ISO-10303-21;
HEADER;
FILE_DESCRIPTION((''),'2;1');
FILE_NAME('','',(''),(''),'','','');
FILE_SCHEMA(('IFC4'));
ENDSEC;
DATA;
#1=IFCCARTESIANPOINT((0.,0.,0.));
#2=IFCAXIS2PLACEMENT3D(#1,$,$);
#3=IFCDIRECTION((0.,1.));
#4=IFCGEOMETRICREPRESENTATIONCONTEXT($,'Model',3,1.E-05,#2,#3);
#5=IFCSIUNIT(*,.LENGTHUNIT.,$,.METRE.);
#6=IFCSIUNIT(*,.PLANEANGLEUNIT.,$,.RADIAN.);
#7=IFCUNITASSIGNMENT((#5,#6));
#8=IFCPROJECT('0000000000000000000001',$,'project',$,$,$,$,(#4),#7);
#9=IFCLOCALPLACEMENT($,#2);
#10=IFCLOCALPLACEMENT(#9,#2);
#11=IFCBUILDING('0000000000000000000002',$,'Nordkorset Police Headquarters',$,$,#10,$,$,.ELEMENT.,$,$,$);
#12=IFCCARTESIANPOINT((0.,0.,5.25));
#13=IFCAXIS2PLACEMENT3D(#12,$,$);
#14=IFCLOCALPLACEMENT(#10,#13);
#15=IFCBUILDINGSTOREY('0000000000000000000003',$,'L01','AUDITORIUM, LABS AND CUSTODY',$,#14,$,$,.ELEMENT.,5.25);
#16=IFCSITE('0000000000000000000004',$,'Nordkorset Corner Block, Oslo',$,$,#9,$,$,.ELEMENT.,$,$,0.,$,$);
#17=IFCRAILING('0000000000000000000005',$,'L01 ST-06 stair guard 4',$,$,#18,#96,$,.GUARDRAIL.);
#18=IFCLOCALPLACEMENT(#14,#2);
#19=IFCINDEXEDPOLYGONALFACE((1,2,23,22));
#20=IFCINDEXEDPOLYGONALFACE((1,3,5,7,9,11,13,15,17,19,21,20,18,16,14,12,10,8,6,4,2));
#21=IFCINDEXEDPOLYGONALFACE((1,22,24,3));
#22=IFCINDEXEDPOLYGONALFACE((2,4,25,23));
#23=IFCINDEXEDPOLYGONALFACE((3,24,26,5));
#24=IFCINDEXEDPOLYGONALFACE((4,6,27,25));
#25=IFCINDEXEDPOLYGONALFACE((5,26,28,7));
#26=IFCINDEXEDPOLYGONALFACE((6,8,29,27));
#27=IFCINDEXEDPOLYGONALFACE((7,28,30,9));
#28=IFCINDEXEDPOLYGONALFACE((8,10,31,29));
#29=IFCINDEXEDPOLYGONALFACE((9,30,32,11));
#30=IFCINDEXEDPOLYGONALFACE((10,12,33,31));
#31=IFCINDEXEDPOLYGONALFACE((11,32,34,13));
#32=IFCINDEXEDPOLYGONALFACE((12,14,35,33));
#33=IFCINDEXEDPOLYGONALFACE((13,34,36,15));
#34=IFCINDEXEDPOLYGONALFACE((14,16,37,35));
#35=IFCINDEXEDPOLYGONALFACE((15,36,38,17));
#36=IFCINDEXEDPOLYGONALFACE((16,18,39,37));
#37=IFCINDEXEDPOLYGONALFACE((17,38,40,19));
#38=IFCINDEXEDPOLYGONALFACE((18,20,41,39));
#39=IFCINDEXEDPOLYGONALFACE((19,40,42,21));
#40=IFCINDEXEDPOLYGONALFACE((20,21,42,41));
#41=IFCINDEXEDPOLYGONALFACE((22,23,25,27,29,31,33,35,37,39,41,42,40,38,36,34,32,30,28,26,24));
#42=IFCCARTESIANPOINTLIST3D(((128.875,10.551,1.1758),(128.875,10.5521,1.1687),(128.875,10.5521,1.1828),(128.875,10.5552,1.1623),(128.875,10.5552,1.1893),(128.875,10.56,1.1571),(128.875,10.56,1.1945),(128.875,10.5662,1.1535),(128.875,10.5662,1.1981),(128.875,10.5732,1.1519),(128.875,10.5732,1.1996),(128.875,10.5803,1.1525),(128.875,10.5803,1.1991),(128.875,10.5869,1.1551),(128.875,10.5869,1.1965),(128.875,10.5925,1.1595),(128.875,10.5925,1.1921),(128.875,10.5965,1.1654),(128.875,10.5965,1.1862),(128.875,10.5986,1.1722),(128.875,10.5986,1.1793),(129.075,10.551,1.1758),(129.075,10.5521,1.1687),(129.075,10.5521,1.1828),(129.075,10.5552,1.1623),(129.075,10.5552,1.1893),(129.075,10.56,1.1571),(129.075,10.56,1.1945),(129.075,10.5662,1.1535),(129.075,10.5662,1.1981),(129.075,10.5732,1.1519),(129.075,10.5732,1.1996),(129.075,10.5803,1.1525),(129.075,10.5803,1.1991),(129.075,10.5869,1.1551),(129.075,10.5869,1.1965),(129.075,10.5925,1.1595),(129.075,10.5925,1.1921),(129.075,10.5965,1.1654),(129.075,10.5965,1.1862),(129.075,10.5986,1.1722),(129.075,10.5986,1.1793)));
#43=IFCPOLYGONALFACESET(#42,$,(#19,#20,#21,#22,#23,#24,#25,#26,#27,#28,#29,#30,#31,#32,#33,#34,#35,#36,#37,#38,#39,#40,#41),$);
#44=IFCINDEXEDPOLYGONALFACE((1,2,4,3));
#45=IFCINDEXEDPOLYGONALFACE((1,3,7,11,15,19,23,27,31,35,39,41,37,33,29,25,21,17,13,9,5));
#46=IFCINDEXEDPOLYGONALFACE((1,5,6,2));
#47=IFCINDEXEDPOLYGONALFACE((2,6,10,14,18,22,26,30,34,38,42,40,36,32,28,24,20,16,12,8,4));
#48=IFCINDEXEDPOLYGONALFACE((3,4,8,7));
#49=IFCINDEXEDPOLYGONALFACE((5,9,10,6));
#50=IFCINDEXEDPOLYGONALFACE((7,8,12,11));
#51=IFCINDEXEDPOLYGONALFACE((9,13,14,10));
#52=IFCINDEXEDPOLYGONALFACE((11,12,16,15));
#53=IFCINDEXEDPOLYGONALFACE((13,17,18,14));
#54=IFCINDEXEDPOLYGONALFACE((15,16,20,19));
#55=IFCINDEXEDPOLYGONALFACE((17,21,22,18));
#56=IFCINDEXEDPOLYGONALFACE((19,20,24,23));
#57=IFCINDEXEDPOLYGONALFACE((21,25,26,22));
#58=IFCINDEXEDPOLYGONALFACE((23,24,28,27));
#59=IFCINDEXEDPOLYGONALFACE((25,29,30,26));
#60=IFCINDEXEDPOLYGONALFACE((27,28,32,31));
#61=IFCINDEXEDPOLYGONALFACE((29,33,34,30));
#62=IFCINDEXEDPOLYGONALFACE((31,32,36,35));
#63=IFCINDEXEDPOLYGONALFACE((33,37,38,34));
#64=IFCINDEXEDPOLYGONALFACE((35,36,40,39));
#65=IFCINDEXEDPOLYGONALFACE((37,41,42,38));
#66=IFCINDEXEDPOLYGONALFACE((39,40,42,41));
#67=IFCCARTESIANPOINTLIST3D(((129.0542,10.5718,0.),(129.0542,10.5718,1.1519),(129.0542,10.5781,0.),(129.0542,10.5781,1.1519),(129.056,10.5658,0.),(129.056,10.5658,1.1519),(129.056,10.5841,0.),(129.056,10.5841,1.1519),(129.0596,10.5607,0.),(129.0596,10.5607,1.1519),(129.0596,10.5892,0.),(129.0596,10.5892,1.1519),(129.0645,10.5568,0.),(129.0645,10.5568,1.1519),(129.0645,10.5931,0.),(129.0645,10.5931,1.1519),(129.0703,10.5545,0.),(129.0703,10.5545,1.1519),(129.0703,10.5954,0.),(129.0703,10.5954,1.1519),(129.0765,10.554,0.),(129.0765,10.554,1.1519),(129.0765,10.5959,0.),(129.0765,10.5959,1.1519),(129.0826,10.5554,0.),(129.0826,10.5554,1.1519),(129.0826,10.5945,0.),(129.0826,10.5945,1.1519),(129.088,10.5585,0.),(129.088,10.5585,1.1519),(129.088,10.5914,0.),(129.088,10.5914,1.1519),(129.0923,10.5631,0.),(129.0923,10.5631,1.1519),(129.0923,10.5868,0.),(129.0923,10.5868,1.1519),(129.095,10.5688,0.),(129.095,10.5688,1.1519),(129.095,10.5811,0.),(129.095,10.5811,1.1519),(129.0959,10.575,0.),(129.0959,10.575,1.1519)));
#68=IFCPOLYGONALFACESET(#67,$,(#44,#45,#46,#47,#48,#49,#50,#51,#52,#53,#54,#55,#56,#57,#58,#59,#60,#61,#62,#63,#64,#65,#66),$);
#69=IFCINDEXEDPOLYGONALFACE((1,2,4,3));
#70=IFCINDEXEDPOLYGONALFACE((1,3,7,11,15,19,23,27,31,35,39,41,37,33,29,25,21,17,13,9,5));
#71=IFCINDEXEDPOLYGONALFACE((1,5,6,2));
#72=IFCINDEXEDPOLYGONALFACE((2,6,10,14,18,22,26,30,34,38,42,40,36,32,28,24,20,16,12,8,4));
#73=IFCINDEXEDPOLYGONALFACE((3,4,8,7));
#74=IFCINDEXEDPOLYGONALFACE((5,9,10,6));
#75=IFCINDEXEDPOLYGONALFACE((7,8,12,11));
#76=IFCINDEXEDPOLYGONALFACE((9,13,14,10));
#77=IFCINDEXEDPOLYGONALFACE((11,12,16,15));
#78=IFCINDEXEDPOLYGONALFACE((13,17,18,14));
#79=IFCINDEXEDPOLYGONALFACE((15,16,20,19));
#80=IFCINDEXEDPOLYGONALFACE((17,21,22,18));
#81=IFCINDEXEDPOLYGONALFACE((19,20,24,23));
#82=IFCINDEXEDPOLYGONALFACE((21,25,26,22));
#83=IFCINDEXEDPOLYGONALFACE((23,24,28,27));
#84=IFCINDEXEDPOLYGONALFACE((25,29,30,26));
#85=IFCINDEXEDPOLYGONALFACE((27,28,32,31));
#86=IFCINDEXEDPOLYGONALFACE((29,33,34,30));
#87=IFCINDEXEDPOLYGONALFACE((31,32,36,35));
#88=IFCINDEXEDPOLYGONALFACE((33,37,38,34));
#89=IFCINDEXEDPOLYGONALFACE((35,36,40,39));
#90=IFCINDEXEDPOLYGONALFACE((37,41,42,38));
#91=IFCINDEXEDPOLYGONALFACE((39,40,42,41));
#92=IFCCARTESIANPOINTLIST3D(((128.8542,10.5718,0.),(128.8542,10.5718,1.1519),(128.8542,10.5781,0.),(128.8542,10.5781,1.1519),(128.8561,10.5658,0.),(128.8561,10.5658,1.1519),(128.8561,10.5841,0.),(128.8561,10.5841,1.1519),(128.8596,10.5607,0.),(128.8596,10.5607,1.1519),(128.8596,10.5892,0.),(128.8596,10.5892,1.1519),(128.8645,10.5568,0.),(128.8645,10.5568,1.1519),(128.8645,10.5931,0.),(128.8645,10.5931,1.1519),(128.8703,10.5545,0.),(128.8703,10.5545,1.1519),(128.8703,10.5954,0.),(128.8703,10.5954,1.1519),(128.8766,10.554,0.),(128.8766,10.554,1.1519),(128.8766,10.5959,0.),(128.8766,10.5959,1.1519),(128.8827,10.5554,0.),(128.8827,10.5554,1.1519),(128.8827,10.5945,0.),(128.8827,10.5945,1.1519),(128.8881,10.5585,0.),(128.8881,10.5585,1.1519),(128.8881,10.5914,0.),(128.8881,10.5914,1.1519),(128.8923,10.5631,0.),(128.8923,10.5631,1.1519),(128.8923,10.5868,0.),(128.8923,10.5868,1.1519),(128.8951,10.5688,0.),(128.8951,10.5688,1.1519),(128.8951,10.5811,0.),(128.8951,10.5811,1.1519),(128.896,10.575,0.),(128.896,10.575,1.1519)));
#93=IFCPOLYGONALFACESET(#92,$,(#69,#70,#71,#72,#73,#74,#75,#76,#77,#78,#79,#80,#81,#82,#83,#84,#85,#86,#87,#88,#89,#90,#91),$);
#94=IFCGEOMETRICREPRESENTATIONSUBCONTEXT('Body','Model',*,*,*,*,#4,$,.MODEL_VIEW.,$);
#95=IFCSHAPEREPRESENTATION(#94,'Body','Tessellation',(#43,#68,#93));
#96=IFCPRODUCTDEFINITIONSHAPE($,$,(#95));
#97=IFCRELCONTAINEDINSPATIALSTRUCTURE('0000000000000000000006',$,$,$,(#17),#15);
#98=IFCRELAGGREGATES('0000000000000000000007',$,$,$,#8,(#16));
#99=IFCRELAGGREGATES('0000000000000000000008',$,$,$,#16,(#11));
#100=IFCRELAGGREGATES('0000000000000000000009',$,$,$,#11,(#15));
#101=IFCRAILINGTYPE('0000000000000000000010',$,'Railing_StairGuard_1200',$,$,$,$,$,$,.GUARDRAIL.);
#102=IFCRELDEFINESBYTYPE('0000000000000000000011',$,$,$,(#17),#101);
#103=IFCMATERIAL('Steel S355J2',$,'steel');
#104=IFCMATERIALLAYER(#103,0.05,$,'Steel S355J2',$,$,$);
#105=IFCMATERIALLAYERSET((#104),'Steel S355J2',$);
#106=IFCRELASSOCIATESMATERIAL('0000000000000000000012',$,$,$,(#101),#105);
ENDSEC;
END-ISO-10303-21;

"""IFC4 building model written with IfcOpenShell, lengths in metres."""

from ifc_helpers import new_model, si_unit, direction, frame, origin, origin_2d, place, context, subcontext, project, spatial, circle, extrude, material, layer, layer_set, type_object, element, save


model = new_model("IFC4")

# Units and contexts
model_context = context("Model", 3, precision=1e-05, world=origin(), true_north=direction((0.0, 1.0)))
body_context = subcontext(model_context, "Body", "Model", "MODEL_VIEW")
ifc_project = project(units=[si_unit("LENGTHUNIT", "METRE"), si_unit("PLANEANGLEUNIT", "RADIAN")], contexts=[model_context])

# Site, building, storey
site_placement = place(None, origin())
site = spatial("IfcSite", under=ifc_project, at=site_placement, Name="Nordkorset Corner Block, Oslo", CompositionType="ELEMENT", RefElevation=0.0)
building_placement = place(site_placement, origin())
building = spatial("IfcBuilding", under=site, at=building_placement, Name="Nordkorset Police Headquarters", CompositionType="ELEMENT")
storey_placement = place(building_placement, frame((0.0, 0.0, 5.25)))
storey = spatial("IfcBuildingStorey", under=building, at=storey_placement, Name="L01", Description="AUDITORIUM, LABS AND CUSTODY", CompositionType="ELEMENT", Elevation=5.25)

# Railing
ifc_material_1 = material(Name="Steel S355J2", Category="steel")
ifc_layer_1 = layer(ifc_material_1, 0.05, Name="Steel S355J2")
ifc_layer_set_1 = layer_set([ifc_layer_1], Name="Steel S355J2")
railing_type_1 = type_object("IfcRailingType", Name="Railing_StairGuard_1200", PredefinedType="GUARDRAIL", material=ifc_layer_set_1)
railing_1_placement = place(storey_placement, frame((129.075, 10.575, 0.0)))
element("IfcRailing", 1, at=railing_1_placement, inside=storey, type_object=railing_type_1, Name="L01 ST-06 stair guard 4", PredefinedType="GUARDRAIL", context=body_context, shape_type="SweptSolid", body=[
    extrude(circle(Radius=0.0239, at=origin_2d()), frame((0.0, 0.0, 1.1758), z_axis=(-1.0, 0.0, 0.0), x_axis=(0.0, -1.0, 0.0)), (0.0, 0.0, 1.0), 0.2),
    extrude(circle(Radius=0.021, at=origin_2d()), origin(), (0.0, 0.0, 1.0), 1.1519),
    extrude(circle(Radius=0.021, at=origin_2d()), frame((-0.2, 0.0, 0.0)), (0.0, 0.0, 1.0), 1.1519),
])

save(model, "model.ifc")
